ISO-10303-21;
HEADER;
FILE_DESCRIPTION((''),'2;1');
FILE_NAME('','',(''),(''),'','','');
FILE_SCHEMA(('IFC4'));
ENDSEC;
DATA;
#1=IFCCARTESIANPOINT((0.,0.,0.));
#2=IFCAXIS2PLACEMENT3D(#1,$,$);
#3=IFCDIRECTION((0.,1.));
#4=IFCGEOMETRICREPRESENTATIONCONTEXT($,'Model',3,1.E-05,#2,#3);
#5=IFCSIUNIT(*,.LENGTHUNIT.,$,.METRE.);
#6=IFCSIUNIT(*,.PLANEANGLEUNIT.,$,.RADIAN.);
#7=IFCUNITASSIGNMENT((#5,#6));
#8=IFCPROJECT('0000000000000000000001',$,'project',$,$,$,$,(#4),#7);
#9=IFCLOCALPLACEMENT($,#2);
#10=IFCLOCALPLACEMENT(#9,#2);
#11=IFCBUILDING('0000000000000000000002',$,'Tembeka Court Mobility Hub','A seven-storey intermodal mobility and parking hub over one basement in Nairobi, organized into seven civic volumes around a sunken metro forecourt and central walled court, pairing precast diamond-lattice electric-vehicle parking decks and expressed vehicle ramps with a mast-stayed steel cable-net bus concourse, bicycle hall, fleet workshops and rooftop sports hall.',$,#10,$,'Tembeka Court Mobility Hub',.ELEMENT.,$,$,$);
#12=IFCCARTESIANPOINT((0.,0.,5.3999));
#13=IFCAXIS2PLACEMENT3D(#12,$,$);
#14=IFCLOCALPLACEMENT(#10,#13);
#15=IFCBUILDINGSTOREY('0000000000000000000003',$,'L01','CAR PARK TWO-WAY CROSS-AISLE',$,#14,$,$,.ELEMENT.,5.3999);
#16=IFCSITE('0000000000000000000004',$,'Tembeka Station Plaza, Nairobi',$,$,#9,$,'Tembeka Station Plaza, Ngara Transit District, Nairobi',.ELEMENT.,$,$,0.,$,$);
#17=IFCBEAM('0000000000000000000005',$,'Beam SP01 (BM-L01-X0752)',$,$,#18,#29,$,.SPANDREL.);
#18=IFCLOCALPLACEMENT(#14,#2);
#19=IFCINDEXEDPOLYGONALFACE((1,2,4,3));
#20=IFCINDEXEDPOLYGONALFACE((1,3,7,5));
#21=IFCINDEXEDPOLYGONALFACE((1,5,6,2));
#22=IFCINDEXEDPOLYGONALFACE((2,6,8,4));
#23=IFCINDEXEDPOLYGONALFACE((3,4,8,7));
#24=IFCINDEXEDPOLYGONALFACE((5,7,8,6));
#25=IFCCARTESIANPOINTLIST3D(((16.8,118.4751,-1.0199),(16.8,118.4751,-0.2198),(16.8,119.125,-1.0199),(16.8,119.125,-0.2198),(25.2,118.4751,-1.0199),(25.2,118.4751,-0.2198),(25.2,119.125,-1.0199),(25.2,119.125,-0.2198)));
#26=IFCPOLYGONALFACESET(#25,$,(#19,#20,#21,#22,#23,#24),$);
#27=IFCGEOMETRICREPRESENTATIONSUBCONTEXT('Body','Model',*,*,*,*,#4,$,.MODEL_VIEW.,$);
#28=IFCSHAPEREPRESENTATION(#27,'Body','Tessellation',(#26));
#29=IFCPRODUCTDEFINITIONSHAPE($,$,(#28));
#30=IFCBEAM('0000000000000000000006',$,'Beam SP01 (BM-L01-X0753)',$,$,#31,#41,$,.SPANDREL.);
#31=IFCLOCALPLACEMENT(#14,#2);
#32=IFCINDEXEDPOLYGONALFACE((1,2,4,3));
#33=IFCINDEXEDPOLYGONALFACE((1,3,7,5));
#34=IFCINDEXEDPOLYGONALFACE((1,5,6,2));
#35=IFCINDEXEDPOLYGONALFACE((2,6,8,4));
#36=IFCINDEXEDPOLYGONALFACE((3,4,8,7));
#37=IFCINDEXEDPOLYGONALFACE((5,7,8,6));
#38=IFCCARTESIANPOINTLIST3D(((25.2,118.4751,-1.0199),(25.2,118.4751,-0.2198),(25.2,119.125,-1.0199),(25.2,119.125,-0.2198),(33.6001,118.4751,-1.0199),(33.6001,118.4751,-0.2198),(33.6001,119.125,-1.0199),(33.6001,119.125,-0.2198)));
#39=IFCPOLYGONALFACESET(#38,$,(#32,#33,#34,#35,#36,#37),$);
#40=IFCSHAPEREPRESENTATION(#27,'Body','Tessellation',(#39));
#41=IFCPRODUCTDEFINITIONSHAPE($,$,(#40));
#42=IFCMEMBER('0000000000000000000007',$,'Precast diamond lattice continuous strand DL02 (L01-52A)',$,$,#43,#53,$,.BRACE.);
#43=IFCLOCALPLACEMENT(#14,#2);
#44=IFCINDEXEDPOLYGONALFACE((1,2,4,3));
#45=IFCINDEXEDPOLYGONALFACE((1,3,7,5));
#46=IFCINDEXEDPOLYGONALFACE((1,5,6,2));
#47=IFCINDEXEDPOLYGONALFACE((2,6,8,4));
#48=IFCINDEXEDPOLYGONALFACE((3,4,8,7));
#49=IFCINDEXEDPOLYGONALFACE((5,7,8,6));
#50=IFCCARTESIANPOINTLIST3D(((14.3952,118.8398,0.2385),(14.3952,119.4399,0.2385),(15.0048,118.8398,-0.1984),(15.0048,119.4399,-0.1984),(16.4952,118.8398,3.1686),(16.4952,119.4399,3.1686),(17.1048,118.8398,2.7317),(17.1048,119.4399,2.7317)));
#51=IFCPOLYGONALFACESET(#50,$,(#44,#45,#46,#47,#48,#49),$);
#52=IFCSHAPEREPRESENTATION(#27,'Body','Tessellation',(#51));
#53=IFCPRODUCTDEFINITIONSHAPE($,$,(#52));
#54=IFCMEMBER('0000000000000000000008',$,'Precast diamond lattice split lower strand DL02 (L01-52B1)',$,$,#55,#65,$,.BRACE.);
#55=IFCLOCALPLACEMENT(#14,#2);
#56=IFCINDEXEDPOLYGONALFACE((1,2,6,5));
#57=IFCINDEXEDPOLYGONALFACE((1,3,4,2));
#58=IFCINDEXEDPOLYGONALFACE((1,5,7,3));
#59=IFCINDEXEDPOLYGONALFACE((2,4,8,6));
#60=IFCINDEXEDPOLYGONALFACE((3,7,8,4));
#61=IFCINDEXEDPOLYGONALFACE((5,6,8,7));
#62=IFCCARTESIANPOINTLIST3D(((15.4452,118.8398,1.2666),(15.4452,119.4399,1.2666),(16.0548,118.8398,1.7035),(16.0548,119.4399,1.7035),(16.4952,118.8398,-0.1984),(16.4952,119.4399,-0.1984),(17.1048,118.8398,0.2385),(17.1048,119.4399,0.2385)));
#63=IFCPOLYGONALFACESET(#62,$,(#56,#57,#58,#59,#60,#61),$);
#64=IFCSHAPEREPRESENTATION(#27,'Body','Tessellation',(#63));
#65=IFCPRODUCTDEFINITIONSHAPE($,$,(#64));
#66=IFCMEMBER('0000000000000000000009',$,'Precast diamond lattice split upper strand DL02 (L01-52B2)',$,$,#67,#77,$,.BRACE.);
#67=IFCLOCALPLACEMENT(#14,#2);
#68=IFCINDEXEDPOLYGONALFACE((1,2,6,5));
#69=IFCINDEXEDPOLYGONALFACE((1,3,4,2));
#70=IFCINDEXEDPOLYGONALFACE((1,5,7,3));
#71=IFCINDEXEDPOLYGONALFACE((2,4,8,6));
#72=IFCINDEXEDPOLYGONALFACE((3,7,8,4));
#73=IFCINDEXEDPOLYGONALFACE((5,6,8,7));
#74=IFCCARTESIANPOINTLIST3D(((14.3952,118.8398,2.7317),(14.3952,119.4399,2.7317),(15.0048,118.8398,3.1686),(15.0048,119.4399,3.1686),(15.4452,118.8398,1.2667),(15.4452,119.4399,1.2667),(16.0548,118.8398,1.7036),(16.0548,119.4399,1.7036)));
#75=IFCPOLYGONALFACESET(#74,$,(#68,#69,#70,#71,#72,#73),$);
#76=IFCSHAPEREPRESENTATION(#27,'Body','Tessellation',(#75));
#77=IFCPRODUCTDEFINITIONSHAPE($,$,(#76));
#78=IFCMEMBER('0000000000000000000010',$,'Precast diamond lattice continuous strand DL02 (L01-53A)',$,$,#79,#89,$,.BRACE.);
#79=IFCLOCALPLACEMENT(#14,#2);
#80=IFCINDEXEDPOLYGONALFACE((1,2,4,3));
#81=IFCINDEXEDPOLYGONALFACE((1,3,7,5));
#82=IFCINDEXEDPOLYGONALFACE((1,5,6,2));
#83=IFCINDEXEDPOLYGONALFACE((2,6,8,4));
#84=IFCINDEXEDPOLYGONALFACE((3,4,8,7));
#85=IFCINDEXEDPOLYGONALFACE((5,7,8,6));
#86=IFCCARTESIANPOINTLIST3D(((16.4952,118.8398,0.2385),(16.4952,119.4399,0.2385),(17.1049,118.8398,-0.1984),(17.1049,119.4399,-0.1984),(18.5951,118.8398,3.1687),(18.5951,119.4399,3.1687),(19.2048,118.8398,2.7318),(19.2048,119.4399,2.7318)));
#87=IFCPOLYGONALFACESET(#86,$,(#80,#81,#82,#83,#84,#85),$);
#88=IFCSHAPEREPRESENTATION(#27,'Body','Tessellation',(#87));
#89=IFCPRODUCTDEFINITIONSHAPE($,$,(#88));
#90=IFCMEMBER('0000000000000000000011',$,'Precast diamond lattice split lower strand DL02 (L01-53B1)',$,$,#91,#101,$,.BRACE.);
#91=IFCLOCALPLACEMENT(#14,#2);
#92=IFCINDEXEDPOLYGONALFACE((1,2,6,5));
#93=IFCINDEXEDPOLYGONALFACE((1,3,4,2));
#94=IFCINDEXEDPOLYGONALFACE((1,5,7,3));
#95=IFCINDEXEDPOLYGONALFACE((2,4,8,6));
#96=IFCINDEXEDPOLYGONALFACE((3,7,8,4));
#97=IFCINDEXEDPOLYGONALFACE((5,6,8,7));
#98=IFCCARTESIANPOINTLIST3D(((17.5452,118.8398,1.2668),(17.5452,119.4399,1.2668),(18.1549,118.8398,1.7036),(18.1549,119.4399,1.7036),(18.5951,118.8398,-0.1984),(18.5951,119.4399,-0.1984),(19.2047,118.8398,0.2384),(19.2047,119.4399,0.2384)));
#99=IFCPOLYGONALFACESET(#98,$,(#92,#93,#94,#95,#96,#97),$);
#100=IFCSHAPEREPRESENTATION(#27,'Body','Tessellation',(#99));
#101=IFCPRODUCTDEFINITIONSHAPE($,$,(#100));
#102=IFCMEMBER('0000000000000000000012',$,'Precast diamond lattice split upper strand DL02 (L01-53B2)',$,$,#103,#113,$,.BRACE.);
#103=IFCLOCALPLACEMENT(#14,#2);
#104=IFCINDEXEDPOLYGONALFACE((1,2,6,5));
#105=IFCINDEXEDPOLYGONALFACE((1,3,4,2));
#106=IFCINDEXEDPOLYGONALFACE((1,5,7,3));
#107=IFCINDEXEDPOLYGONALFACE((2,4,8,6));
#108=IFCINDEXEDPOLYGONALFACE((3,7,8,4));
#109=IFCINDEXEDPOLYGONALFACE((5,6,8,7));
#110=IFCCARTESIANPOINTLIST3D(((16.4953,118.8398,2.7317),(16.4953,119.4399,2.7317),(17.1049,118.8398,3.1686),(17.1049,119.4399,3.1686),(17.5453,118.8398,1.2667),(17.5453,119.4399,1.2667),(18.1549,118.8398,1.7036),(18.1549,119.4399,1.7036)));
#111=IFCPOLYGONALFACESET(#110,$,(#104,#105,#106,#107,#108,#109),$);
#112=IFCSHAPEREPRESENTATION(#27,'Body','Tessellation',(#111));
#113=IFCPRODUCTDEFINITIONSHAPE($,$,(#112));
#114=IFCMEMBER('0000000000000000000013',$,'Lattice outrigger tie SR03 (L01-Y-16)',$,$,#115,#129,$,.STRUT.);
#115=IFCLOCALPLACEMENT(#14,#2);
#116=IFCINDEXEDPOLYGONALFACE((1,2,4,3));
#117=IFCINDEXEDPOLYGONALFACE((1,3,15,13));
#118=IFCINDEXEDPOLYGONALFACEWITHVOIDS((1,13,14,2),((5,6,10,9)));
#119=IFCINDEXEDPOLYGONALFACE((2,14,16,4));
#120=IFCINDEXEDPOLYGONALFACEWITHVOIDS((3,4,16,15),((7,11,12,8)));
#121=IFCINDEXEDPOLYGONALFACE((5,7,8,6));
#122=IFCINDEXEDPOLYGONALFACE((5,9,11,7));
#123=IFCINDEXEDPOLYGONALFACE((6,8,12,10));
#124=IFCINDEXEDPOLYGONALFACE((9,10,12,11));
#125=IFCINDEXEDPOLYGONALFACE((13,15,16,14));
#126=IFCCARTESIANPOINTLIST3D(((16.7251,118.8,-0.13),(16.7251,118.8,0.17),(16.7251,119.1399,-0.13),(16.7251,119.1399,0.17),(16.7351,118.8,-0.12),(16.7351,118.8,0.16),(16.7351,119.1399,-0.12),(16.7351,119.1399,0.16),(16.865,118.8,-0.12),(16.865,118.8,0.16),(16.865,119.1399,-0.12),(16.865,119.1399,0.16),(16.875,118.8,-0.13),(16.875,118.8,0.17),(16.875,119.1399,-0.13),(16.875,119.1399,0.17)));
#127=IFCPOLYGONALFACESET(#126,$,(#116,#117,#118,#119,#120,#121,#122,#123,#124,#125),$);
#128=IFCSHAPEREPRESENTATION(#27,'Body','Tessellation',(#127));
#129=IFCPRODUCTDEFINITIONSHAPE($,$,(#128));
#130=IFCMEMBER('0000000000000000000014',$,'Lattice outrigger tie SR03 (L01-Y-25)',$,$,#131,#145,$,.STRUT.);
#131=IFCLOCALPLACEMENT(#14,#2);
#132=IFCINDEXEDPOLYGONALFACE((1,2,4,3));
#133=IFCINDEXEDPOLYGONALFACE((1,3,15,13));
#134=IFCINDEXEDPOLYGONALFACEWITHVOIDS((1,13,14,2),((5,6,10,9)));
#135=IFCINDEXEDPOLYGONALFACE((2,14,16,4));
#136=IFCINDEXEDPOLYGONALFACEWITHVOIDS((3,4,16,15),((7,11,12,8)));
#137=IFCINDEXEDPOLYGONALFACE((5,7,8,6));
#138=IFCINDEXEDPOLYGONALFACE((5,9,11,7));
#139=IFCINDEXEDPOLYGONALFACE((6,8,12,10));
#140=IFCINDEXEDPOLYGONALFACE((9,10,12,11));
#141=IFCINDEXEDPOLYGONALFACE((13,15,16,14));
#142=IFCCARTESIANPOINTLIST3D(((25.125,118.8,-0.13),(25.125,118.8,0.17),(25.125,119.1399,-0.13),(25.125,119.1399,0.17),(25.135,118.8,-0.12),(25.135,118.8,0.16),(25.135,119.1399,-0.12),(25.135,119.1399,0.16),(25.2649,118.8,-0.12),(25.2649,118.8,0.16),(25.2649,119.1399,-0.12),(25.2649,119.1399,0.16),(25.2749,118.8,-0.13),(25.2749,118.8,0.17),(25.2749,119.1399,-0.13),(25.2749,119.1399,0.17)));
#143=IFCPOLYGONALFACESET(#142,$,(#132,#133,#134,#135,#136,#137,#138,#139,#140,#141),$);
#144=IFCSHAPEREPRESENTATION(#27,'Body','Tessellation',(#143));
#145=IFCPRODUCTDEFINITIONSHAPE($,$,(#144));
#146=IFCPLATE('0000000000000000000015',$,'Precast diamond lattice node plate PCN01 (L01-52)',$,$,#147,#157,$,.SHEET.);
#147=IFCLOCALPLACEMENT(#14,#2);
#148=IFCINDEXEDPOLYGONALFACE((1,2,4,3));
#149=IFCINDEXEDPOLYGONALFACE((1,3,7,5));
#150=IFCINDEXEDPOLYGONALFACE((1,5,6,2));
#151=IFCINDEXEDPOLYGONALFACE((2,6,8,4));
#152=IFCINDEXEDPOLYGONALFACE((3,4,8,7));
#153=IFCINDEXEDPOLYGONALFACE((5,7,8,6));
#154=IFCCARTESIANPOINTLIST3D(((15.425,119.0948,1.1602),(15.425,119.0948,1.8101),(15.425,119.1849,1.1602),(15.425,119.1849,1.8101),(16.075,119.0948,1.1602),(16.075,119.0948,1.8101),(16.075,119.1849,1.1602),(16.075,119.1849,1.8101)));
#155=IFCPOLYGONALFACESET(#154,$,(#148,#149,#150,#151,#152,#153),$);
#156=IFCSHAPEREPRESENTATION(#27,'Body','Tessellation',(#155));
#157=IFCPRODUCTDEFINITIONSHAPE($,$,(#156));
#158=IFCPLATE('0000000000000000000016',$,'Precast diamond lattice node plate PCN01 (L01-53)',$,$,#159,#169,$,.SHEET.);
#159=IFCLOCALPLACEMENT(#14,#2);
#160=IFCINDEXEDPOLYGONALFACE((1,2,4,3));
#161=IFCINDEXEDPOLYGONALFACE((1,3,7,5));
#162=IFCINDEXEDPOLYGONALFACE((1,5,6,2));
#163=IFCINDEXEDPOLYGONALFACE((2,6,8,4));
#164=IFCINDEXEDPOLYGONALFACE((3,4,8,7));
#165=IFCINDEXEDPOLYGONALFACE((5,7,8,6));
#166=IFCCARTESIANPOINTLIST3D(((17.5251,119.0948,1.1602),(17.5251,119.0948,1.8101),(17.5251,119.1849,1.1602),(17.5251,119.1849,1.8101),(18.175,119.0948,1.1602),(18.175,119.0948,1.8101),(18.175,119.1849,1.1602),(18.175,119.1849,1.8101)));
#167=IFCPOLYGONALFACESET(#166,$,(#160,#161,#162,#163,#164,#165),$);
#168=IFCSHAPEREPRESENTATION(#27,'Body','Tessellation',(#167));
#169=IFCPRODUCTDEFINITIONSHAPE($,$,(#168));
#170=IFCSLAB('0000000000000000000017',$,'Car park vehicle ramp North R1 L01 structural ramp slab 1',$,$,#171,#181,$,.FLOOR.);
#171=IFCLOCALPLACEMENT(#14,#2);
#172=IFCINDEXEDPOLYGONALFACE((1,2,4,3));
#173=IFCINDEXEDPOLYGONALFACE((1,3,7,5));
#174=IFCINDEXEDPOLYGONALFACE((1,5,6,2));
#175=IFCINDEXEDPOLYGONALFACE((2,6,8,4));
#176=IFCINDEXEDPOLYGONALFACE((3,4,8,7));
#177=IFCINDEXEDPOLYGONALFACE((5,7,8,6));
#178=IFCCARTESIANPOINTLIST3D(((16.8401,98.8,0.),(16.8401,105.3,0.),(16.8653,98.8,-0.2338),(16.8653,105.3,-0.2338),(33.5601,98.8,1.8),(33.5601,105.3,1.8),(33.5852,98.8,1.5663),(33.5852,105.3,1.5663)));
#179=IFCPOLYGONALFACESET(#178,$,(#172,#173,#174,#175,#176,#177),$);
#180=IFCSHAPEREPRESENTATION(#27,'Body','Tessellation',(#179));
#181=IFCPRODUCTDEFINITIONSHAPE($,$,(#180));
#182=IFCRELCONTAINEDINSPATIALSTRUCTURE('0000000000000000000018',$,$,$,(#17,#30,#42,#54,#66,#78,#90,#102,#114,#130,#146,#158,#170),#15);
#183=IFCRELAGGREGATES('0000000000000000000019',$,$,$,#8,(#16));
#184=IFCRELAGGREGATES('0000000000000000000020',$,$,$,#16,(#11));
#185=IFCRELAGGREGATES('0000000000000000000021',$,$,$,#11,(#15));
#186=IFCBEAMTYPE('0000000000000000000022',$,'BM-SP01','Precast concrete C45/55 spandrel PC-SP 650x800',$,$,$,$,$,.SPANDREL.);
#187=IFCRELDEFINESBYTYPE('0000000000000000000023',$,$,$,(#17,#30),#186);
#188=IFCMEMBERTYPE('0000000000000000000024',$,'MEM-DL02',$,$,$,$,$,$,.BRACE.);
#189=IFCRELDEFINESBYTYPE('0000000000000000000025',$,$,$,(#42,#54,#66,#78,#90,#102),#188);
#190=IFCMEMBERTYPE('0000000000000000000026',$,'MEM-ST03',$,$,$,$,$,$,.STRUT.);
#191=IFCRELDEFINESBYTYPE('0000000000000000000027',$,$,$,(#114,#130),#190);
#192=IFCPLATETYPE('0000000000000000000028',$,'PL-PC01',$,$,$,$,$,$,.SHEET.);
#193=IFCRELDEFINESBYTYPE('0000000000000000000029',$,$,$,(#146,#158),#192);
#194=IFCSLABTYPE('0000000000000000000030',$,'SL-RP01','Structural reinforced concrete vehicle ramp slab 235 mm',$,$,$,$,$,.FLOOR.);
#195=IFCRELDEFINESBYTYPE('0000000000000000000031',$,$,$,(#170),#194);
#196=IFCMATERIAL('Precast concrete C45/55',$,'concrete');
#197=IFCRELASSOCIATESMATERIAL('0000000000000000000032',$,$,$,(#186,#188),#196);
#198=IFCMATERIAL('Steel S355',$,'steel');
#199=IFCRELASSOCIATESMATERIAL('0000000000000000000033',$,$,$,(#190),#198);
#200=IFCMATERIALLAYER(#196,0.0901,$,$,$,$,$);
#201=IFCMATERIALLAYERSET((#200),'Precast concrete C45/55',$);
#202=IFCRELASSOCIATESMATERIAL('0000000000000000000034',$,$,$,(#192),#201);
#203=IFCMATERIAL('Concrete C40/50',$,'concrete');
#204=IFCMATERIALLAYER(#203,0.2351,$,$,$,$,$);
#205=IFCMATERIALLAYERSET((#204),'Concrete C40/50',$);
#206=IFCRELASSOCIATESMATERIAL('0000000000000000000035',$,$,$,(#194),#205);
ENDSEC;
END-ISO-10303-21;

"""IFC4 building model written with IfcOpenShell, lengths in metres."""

from ifc_helpers import new_model, si_unit, direction, frame, origin, origin_2d, place, context, subcontext, project, spatial, polyline, rectangle, hollow_rectangle, outline, extrude, material, layer, layer_set, material_profile, profile_set, type_object, element, save


model = new_model("IFC4")

# Units and contexts
model_context = context("Model", 3, precision=1e-05, world=origin(), true_north=direction((0.0, 1.0)))
body_context = subcontext(model_context, "Body", "Model", "MODEL_VIEW")
ifc_project = project(units=[si_unit("LENGTHUNIT", "METRE"), si_unit("PLANEANGLEUNIT", "RADIAN")], contexts=[model_context])

# Site, building, storey
site_placement = place(None, origin())
site = spatial("IfcSite", under=ifc_project, at=site_placement, Name="Tembeka Station Plaza, Nairobi", LongName="Tembeka Station Plaza, Ngara Transit District, Nairobi", CompositionType="ELEMENT", RefElevation=0.0)
building_placement = place(site_placement, origin())
building = spatial("IfcBuilding", under=site, at=building_placement, Name="Tembeka Court Mobility Hub", Description="A seven-storey intermodal mobility and parking hub over one basement in Nairobi, organized into seven civic volumes around a sunken metro forecourt and central walled court, pairing precast diamond-lattice electric-vehicle parking decks and expressed vehicle ramps with a mast-stayed steel cable-net bus concourse, bicycle hall, fleet workshops and rooftop sports hall.", LongName="Tembeka Court Mobility Hub", CompositionType="ELEMENT")
storey_placement = place(building_placement, frame((0.0, 0.0, 5.3999)))
storey = spatial("IfcBuildingStorey", under=building, at=storey_placement, Name="L01", Description="CAR PARK TWO-WAY CROSS-AISLE", CompositionType="ELEMENT", Elevation=5.3999)

# Shared definitions
ifc_material_1 = material(Name="Steel S355", Category="steel")

# Beams
ifc_material_2 = material(Name="Precast concrete C45/55", Category="concrete")
ifc_material_profile_1 = material_profile(ifc_material_2, rectangle(XDim=0.6499, YDim=0.8, at=origin_2d()), Name="PC-SP 650x800")
ifc_profile_set_1 = profile_set([ifc_material_profile_1], Name="Precast concrete C45/55")
beam_type_1 = type_object("IfcBeamType", Name="BM-SP01", Description="Precast concrete C45/55 spandrel PC-SP 650x800", PredefinedType="SPANDREL", material=ifc_profile_set_1)
beam_1_placement = place(storey_placement, frame((16.8, 118.8, -0.6199), z_axis=(1.0, 0.0, 0.0), x_axis=(0.0, 1.0, 0.0)))
element("IfcBeam", 1, at=beam_1_placement, inside=storey, type_object=beam_type_1, Name="Beam SP01 (BM-L01-X0752)", PredefinedType="SPANDREL", context=body_context, shape_type="SweptSolid", body=[
    extrude(rectangle(XDim=0.6499, YDim=0.8, at=origin_2d()), origin(), (0.0, 0.0, 1.0), 8.3999),
])
beam_2_placement = place(storey_placement, frame((25.2, 118.8, -0.6199), z_axis=(1.0, 0.0, 0.0), x_axis=(0.0, 1.0, 0.0)))
element("IfcBeam", 2, at=beam_2_placement, inside=storey, type_object=beam_type_1, Name="Beam SP01 (BM-L01-X0753)", PredefinedType="SPANDREL", context=body_context, shape_type="SweptSolid", body=[
    extrude(rectangle(XDim=0.6499, YDim=0.8, at=origin_2d()), origin(), (0.0, 0.0, 1.0), 8.4001),
])

# Members
ifc_material_profile_2 = material_profile(ifc_material_2, rectangle(XDim=0.6001, YDim=0.75, at=origin_2d()), Name="PC-DIAG 600x750")
ifc_profile_set_2 = profile_set([ifc_material_profile_2], Name="Precast concrete C45/55")
member_type_1 = type_object("IfcMemberType", Name="MEM-DL02", PredefinedType="BRACE", material=ifc_profile_set_2)
member_1_placement = place(storey_placement, frame((14.7, 119.1399, 0.02), z_axis=(0.582544, 0.0, 0.812799), x_axis=(0.0, 1.0, 0.0)))
element("IfcMember", 3, at=member_1_placement, inside=storey, type_object=member_type_1, Name="Precast diamond lattice continuous strand DL02 (L01-52A)", PredefinedType="BRACE", context=body_context, shape_type="SweptSolid", body=[
    extrude(rectangle(XDim=0.6001, YDim=0.75, at=origin_2d()), origin(), (0.0, 0.0, 1.0), 3.605),
])
for number, where, z_axis, x_axis, name in (
    (4, (16.8, 119.1399, 0.02), (-0.582544, 0.0, 0.812799), (0.0, -1.0, 0.0), "Precast diamond lattice split lower strand DL02 (L01-52B1)"),
    (5, (15.75, 119.1399, 1.4851), (-0.582544, 0.0, 0.812799), (0.0, -1.0, 0.0), "Precast diamond lattice split upper strand DL02 (L01-52B2)"),
):
    element("IfcMember", number, at=place(storey_placement, frame(where, z_axis=z_axis, x_axis=x_axis)), inside=storey, type_object=member_type_1, Name=name, PredefinedType="BRACE", context=body_context, shape_type="SweptSolid", body=[
        extrude(rectangle(XDim=0.6001, YDim=0.75, at=origin_2d()), origin(), (0.0, 0.0, 1.0), 1.8025),
    ])
member_2_placement = place(storey_placement, frame((16.8, 119.1399, 0.02), z_axis=(0.5825, 0.0, 0.812831), x_axis=(0.0, 1.0, 0.0)))
element("IfcMember", 6, at=member_2_placement, inside=storey, type_object=member_type_1, Name="Precast diamond lattice continuous strand DL02 (L01-53A)", PredefinedType="BRACE", context=body_context, shape_type="SweptSolid", body=[
    extrude(rectangle(XDim=0.6001, YDim=0.75, at=origin_2d()), origin(), (0.0, 0.0, 1.0), 3.605),
])
for number, where, z_axis, x_axis, name in (
    (7, (18.8999, 119.1399, 0.02), (-0.582455, 0.0, 0.812863), (0.0, -1.0, 0.0), "Precast diamond lattice split lower strand DL02 (L01-53B1)"),
    (8, (17.8501, 119.1399, 1.4851), (-0.582544, 0.0, 0.812799), (0.0, -1.0, 0.0), "Precast diamond lattice split upper strand DL02 (L01-53B2)"),
):
    element("IfcMember", number, at=place(storey_placement, frame(where, z_axis=z_axis, x_axis=x_axis)), inside=storey, type_object=member_type_1, Name=name, PredefinedType="BRACE", context=body_context, shape_type="SweptSolid", body=[
        extrude(rectangle(XDim=0.6001, YDim=0.75, at=origin_2d()), origin(), (0.0, 0.0, 1.0), 1.8025),
    ])
ifc_material_profile_3 = material_profile(ifc_material_1, hollow_rectangle(XDim=0.1499, YDim=0.3, WallThickness=0.01, at=origin_2d()), Name="RHS 300x150x10")
ifc_profile_set_3 = profile_set([ifc_material_profile_3], Name="Steel S355")
member_type_2 = type_object("IfcMemberType", Name="MEM-ST03", PredefinedType="STRUT", material=ifc_profile_set_3)
for number, where, z_axis, x_axis, name in (
    (9, (16.8, 118.8, 0.02), (0.0, 1.0, 0.0), (-1.0, 0.0, 0.0), "Lattice outrigger tie SR03 (L01-Y-16)"),
    (10, (25.2, 118.8, 0.02), (0.0, 1.0, 0.0), (-1.0, 0.0, 0.0), "Lattice outrigger tie SR03 (L01-Y-25)"),
):
    element("IfcMember", number, at=place(storey_placement, frame(where, z_axis=z_axis, x_axis=x_axis)), inside=storey, type_object=member_type_2, Name=name, PredefinedType="STRUT", context=body_context, shape_type="SweptSolid", body=[
        extrude(hollow_rectangle(XDim=0.1499, YDim=0.3, WallThickness=0.01, at=origin_2d()), origin(), (0.0, 0.0, 1.0), 0.3398),
    ])

# Plates
ifc_layer_1 = layer(ifc_material_2, 0.0901)
ifc_layer_set_1 = layer_set([ifc_layer_1], Name="Precast concrete C45/55")
plate_type = type_object("IfcPlateType", Name="PL-PC01", PredefinedType="SHEET", material=ifc_layer_set_1)
for number, where, z_axis, x_axis, name in (
    (11, (15.75, 119.1399, 1.1602), (0.0, 0.0, 1.0), (1.0, 0.0, 0.0), "Precast diamond lattice node plate PCN01 (L01-52)"),
    (12, (17.8501, 119.1399, 1.1602), (0.0, 0.0, 1.0), (1.0, 0.0, 0.0), "Precast diamond lattice node plate PCN01 (L01-53)"),
):
    element("IfcPlate", number, at=place(storey_placement, frame(where, z_axis=z_axis, x_axis=x_axis)), inside=storey, type_object=plate_type, Name=name, PredefinedType="SHEET", context=body_context, shape_type="SweptSolid", body=[
        extrude(rectangle(XDim=0.6499, YDim=0.0901, at=origin_2d()), origin(), (0.0, 0.0, 1.0), 0.6499),
    ])

# Slab
ifc_material_3 = material(Name="Concrete C40/50", Category="concrete")
ifc_layer_2 = layer(ifc_material_3, 0.2351)
ifc_layer_set_2 = layer_set([ifc_layer_2], Name="Concrete C40/50")
slab_type = type_object("IfcSlabType", Name="SL-RP01", Description="Structural reinforced concrete vehicle ramp slab 235 mm", PredefinedType="FLOOR", material=ifc_layer_set_2)
slab_placement = place(storey_placement, frame((16.8401, 98.8, 0.0), z_axis=(-0.10704, 0.0, 0.994255), x_axis=(0.994255, 0.0, 0.10704)))
element("IfcSlab", 13, at=slab_placement, inside=storey, type_object=slab_type, Name="Car park vehicle ramp North R1 L01 structural ramp slab 1", PredefinedType="FLOOR", context=body_context, shape_type="SweptSolid", body=[
    extrude(outline(polyline([(0.0, 0.0), (16.8166, 0.0), (16.8166, 6.5), (0.0, 6.5), (0.0, 0.0)])), origin(), (0.0, 0.0, -1.0), 0.2351),
])

save(model, "model.ifc")
